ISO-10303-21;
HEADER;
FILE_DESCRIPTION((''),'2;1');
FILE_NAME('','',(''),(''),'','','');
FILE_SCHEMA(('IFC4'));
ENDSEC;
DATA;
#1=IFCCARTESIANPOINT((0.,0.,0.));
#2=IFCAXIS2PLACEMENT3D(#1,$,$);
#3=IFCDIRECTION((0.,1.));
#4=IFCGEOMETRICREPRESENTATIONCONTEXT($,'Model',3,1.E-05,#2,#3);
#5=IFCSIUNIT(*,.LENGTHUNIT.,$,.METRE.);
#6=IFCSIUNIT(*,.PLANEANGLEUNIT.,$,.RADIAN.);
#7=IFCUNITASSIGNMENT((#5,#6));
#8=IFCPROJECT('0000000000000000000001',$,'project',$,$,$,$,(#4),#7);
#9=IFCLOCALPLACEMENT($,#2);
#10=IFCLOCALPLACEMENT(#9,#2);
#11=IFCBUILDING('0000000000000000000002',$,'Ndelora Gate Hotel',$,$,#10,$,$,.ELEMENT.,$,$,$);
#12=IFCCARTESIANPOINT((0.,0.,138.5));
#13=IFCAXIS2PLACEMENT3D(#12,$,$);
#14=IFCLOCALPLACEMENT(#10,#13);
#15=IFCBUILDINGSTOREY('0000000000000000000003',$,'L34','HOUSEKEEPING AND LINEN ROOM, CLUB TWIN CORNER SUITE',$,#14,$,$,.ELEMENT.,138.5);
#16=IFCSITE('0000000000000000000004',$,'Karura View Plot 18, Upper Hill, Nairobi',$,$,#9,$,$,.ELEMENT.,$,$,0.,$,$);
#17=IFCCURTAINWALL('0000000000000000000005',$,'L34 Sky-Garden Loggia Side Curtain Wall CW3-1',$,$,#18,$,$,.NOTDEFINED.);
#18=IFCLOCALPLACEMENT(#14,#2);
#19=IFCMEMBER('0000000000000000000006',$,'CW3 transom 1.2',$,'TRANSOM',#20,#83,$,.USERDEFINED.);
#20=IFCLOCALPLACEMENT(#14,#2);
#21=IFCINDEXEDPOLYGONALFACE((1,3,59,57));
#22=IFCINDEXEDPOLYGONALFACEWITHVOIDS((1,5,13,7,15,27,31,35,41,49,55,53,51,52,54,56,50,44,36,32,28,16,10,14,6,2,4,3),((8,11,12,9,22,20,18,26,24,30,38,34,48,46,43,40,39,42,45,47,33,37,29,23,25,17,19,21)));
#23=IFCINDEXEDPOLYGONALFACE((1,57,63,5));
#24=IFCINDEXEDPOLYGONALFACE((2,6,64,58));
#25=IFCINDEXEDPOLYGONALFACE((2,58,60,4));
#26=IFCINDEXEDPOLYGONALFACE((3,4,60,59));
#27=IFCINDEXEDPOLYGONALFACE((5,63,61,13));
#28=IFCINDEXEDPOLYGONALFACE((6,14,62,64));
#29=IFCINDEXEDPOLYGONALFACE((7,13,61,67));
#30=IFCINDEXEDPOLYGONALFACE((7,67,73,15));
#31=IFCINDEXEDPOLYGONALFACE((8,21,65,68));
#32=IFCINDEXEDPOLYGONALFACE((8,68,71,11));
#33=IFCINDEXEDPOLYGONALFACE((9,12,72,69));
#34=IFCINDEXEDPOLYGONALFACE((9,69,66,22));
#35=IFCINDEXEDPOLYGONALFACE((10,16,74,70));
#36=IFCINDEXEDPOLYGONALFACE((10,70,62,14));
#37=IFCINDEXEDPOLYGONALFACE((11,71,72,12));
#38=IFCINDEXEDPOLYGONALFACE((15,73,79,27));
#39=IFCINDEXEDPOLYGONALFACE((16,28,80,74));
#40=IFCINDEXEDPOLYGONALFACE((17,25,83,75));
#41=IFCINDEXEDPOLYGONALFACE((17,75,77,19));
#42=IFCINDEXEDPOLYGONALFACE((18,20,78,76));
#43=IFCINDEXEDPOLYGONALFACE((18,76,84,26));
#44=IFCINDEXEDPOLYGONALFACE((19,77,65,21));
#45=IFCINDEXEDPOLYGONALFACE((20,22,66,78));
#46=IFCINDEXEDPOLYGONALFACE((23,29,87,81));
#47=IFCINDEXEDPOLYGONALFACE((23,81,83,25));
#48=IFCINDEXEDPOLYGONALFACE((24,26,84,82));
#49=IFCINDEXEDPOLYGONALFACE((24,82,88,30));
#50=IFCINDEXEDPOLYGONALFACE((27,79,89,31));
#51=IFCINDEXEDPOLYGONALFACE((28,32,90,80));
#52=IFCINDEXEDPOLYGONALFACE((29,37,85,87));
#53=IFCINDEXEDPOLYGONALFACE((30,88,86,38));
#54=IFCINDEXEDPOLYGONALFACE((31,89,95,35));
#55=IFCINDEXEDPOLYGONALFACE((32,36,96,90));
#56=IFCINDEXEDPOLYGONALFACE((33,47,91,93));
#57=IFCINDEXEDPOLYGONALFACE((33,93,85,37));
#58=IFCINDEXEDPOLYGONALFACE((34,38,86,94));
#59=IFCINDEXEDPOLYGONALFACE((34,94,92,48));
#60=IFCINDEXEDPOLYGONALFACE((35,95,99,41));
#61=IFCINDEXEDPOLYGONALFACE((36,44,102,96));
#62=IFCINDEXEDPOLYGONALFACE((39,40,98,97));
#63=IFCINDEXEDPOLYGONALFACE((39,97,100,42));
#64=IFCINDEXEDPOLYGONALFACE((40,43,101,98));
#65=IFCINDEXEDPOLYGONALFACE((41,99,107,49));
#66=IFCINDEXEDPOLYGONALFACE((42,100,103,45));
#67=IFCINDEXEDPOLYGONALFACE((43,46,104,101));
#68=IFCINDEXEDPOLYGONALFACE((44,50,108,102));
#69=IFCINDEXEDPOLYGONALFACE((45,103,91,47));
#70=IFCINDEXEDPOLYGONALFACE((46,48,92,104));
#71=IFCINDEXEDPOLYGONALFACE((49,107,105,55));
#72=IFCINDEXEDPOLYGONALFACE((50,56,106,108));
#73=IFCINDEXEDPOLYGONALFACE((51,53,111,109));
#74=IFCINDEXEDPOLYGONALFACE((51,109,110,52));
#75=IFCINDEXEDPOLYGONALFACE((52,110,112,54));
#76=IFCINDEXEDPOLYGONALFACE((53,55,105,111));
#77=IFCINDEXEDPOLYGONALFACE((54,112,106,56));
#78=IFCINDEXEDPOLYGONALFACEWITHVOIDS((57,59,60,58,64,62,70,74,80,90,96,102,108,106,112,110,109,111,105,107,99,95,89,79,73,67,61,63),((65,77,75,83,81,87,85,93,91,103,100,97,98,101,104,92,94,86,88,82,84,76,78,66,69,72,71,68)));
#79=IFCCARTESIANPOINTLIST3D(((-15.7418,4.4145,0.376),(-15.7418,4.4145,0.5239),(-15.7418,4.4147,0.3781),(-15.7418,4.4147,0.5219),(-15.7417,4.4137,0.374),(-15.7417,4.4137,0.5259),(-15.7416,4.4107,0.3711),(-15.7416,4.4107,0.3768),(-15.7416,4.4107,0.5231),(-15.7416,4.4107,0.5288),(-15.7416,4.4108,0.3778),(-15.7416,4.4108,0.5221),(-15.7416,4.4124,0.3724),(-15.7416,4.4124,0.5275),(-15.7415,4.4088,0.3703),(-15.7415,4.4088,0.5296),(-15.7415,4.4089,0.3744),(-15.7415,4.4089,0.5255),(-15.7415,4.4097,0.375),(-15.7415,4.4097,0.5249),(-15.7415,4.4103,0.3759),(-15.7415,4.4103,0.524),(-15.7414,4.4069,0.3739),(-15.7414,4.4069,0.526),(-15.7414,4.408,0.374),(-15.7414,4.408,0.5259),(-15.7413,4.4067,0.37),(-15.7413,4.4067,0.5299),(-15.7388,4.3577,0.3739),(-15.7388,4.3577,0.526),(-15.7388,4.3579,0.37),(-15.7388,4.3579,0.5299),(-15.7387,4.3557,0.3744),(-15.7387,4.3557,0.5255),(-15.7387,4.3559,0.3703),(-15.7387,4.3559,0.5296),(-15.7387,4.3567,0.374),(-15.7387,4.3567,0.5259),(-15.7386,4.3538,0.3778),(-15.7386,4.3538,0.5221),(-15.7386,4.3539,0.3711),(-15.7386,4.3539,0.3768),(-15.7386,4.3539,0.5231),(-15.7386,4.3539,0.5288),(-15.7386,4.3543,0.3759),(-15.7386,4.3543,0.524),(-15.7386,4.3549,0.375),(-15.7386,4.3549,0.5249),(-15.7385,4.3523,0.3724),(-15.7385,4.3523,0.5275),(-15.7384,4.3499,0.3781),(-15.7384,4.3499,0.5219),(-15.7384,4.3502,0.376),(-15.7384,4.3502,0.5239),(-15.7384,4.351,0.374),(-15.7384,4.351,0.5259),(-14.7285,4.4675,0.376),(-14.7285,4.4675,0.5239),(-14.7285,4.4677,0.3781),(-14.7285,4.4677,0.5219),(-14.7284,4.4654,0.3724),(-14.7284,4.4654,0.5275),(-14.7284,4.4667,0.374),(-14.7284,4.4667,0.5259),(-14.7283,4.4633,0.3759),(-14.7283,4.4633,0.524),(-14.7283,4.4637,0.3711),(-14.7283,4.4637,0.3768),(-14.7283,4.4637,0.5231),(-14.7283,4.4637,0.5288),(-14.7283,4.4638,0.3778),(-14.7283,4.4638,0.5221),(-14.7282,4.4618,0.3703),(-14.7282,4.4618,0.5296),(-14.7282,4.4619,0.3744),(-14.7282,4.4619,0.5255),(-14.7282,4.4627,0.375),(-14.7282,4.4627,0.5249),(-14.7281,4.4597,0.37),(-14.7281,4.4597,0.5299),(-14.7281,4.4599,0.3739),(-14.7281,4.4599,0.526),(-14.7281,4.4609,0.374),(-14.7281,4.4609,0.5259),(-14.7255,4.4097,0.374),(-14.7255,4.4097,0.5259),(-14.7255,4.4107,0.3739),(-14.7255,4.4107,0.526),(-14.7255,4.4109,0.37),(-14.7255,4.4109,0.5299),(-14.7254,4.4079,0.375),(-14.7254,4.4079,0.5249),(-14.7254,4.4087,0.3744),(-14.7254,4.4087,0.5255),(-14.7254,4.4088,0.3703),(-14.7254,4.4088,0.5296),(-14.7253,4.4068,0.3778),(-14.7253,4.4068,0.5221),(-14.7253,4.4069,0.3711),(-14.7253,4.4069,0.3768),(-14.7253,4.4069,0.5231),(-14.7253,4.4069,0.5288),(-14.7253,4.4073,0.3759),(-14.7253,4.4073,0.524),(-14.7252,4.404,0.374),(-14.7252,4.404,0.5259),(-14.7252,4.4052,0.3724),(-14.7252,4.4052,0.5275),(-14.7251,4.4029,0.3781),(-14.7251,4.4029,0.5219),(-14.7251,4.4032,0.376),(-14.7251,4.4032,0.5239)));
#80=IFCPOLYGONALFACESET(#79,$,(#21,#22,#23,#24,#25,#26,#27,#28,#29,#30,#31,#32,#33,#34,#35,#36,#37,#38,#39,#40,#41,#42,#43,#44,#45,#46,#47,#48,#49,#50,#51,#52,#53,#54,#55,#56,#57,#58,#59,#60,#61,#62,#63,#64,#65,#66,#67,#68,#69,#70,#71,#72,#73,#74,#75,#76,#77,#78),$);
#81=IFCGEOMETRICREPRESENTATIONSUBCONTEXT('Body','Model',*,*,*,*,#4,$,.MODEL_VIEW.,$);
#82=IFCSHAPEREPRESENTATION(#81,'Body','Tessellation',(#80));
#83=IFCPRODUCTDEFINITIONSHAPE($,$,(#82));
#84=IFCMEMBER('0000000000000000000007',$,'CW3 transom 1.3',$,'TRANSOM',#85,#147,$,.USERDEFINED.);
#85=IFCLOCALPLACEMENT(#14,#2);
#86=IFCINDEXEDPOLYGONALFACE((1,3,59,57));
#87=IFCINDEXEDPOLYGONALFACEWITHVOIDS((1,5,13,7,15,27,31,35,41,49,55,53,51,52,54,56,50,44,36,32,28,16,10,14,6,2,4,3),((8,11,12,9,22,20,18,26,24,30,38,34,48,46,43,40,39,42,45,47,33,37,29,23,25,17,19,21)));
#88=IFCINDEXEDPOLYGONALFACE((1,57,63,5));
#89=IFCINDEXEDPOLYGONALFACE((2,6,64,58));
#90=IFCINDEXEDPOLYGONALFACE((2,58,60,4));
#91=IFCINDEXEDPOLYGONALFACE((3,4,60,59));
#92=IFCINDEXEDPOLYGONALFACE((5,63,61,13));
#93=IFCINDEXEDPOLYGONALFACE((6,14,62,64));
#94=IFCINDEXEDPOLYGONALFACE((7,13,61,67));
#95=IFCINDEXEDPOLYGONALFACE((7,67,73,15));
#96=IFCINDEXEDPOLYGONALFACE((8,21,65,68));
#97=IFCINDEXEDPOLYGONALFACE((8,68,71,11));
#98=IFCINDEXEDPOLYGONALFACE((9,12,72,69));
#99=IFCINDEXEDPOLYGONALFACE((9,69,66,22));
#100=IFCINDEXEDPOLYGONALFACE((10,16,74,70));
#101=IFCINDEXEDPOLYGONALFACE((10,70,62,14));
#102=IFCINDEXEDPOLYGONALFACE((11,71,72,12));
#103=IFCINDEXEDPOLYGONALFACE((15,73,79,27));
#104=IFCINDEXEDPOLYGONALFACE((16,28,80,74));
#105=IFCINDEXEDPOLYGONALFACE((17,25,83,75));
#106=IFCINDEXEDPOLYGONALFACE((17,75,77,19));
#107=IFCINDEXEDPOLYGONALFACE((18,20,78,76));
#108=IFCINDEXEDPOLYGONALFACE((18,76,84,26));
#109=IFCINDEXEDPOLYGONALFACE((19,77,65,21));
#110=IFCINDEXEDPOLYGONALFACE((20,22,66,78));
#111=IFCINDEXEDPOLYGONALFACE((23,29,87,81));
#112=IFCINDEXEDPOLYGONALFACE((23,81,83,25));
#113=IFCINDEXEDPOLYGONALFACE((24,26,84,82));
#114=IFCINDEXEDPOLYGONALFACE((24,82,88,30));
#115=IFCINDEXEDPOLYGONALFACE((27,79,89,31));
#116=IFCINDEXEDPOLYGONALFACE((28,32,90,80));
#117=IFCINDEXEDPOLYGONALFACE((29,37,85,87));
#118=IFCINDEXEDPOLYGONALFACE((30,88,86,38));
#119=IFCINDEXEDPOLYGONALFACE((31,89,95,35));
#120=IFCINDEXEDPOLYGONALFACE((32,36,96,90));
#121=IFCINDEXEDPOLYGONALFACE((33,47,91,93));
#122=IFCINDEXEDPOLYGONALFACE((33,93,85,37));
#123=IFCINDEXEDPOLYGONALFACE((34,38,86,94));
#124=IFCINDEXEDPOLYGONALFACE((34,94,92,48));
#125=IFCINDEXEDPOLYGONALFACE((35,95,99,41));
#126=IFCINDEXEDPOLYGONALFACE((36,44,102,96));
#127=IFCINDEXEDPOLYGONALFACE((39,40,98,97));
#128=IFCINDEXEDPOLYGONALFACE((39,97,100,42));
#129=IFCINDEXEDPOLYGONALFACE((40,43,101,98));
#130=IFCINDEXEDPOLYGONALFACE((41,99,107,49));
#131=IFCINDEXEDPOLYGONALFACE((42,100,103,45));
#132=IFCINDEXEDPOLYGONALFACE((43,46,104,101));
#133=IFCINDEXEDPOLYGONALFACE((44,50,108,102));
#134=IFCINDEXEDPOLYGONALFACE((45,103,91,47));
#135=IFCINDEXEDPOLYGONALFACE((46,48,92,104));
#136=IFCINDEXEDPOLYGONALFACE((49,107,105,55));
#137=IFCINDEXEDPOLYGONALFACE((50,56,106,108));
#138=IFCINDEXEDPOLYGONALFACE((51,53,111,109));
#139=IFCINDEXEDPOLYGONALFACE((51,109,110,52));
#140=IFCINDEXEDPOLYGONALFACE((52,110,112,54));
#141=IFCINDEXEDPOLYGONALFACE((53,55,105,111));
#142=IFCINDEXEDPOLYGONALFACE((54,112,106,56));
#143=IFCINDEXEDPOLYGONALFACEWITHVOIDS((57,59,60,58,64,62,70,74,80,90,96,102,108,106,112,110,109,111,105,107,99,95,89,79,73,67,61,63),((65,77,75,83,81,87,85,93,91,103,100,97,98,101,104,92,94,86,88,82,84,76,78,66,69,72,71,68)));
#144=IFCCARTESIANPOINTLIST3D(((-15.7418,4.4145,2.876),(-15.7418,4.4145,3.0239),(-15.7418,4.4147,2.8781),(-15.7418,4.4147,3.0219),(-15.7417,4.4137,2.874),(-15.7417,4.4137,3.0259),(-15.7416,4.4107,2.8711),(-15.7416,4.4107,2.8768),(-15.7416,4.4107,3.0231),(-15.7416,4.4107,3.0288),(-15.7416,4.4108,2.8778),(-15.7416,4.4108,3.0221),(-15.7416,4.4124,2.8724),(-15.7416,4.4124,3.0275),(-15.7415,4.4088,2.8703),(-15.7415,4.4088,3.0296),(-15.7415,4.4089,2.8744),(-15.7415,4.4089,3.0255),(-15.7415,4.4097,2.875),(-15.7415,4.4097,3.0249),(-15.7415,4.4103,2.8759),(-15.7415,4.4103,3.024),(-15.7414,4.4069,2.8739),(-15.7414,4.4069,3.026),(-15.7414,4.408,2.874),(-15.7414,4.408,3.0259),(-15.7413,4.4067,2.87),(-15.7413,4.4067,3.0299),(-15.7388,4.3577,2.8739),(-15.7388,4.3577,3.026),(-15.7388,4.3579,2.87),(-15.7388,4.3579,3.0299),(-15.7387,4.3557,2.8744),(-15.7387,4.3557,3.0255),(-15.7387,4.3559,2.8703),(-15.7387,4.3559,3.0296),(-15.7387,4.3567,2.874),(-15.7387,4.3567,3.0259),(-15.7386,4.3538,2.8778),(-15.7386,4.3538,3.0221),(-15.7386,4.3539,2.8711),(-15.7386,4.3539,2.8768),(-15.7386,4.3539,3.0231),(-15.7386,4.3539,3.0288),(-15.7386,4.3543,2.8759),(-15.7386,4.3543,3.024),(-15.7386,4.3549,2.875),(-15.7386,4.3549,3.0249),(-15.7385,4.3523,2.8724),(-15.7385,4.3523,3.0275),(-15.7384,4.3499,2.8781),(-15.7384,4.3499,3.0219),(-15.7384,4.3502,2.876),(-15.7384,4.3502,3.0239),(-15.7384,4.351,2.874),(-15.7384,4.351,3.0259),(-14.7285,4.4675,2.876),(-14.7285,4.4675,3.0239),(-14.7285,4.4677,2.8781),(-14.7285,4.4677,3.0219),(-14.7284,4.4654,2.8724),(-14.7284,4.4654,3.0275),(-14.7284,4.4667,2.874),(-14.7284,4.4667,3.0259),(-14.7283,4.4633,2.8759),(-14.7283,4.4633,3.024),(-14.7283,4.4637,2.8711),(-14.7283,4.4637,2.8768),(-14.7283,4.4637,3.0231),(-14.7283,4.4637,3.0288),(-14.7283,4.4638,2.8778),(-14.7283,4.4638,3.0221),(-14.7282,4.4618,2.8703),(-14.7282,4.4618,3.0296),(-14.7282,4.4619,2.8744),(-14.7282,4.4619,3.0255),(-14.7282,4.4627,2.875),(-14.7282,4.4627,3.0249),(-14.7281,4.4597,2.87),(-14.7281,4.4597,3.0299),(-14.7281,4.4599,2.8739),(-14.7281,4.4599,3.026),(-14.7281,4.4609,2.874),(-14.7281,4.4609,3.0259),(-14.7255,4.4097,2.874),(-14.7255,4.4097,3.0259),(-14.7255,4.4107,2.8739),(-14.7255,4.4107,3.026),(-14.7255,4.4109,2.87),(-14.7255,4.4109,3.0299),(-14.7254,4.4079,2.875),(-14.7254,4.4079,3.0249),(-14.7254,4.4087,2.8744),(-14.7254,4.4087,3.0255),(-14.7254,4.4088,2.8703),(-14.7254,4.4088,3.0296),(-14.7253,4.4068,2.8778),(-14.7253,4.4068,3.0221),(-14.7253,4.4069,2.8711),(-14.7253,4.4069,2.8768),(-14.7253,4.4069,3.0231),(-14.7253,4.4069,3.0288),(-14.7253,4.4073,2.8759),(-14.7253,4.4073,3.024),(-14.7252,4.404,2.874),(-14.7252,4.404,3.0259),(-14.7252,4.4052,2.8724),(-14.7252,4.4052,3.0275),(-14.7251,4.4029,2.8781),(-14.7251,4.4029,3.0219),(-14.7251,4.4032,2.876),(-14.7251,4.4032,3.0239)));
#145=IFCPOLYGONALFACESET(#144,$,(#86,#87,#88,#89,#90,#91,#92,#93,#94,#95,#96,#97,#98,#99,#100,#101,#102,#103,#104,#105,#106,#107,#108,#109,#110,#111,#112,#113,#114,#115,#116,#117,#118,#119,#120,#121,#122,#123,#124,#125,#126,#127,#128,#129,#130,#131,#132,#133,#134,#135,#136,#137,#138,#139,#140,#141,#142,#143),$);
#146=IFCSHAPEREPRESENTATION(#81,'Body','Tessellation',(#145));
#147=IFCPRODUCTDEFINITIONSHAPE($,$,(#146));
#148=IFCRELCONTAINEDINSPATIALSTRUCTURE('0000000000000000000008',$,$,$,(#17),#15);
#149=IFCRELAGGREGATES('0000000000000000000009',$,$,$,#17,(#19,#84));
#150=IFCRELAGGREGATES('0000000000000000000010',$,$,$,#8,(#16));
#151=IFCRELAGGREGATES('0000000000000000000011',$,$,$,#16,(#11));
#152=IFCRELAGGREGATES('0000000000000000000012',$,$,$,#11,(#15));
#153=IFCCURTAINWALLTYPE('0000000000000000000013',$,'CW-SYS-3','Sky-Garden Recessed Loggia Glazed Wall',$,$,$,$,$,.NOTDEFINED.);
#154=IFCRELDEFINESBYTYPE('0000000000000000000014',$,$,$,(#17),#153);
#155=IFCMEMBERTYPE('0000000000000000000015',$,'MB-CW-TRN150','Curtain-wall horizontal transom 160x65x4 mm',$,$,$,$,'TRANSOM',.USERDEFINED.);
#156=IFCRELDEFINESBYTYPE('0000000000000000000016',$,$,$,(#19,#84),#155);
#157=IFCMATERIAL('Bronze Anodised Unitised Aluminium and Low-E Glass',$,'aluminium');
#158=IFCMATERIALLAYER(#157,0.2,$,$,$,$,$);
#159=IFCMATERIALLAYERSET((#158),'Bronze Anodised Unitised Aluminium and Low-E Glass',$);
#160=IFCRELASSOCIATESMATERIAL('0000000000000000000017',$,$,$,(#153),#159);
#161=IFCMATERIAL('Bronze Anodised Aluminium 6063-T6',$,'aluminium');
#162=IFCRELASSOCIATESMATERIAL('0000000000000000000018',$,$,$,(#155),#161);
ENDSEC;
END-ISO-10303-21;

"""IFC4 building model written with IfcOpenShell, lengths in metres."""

from ifc_helpers import new_model, si_unit, direction, frame, origin, origin_2d, place, context, subcontext, project, spatial, hollow_rectangle, extrude, material, layer, layer_set, material_profile, profile_set, type_object, element, aggregate, save


model = new_model("IFC4")

# Units and contexts
model_context = context("Model", 3, precision=1e-05, world=origin(), true_north=direction((0.0, 1.0)))
body_context = subcontext(model_context, "Body", "Model", "MODEL_VIEW")
ifc_project = project(units=[si_unit("LENGTHUNIT", "METRE"), si_unit("PLANEANGLEUNIT", "RADIAN")], contexts=[model_context])

# Site, building, storey
site_placement = place(None, origin())
site = spatial("IfcSite", under=ifc_project, at=site_placement, Name="Karura View Plot 18, Upper Hill, Nairobi", CompositionType="ELEMENT", RefElevation=0.0)
building_placement = place(site_placement, origin())
building = spatial("IfcBuilding", under=site, at=building_placement, Name="Ndelora Gate Hotel", CompositionType="ELEMENT")
storey_placement = place(building_placement, frame((0.0, 0.0, 138.5)))
storey = spatial("IfcBuildingStorey", under=building, at=storey_placement, Name="L34", Description="HOUSEKEEPING AND LINEN ROOM, CLUB TWIN CORNER SUITE", CompositionType="ELEMENT", Elevation=138.5)

# Curtain wall, members
ifc_material_1 = material(Name="Bronze Anodised Unitised Aluminium and Low-E Glass", Category="aluminium")
ifc_layer_1 = layer(ifc_material_1, 0.2)
ifc_layer_set_1 = layer_set([ifc_layer_1], Name="Bronze Anodised Unitised Aluminium and Low-E Glass")
curtain_wall_type = type_object("IfcCurtainWallType", Name="CW-SYS-3", Description="Sky-Garden Recessed Loggia Glazed Wall", PredefinedType="NOTDEFINED", material=ifc_layer_set_1)
curtain_wall_placement = place(storey_placement, origin())
curtain_wall = element("IfcCurtainWall", 1, at=curtain_wall_placement, inside=storey, type_object=curtain_wall_type, Name="L34 Sky-Garden Loggia Side Curtain Wall CW3-1", PredefinedType="NOTDEFINED")
ifc_material_2 = material(Name="Bronze Anodised Aluminium 6063-T6", Category="aluminium")
ifc_material_profile_1 = material_profile(ifc_material_2, hollow_rectangle(XDim=0.0649, YDim=0.1599, WallThickness=0.0039, InnerFilletRadius=0.0039, OuterFilletRadius=0.0081, at=origin_2d()), Name="ALU 160x65x4")
ifc_profile_set_1 = profile_set([ifc_material_profile_1], Name="Bronze Anodised Aluminium 6063-T6")
member_type_1 = type_object("IfcMemberType", Name="MB-CW-TRN150", Description="Curtain-wall horizontal transom 160x65x4 mm", ElementType="TRANSOM", PredefinedType="USERDEFINED", material=ifc_profile_set_1)
member_1_placement = place(storey_placement, frame((-14.7268, 4.4353, 0.45), z_axis=(-0.998636, -0.052218, 0.0), x_axis=(0.052218, -0.998636, 0.0)))
member_1 = element("IfcMember", 2, at=member_1_placement, type_object=member_type_1, Name="CW3 transom 1.2", ObjectType="TRANSOM", PredefinedType="USERDEFINED", context=body_context, shape_type="SweptSolid", body=[
    extrude(hollow_rectangle(XDim=0.0649, YDim=0.1599, WallThickness=0.0039, InnerFilletRadius=0.0039, OuterFilletRadius=0.0081, at=origin_2d()), origin(), (0.0, 0.0, 1.0), 1.0146),
])
member_2_placement = place(storey_placement, frame((-14.7268, 4.4353, 2.95), z_axis=(-0.998636, -0.052218, 0.0), x_axis=(0.052218, -0.998636, 0.0)))
member_2 = element("IfcMember", 3, at=member_2_placement, type_object=member_type_1, Name="CW3 transom 1.3", ObjectType="TRANSOM", PredefinedType="USERDEFINED", context=body_context, shape_type="SweptSolid", body=[
    extrude(hollow_rectangle(XDim=0.0649, YDim=0.1599, WallThickness=0.0039, InnerFilletRadius=0.0039, OuterFilletRadius=0.0081, at=origin_2d()), origin(), (0.0, 0.0, 1.0), 1.0146),
])
aggregate(curtain_wall, [member_1, member_2])

save(model, "model.ifc")
